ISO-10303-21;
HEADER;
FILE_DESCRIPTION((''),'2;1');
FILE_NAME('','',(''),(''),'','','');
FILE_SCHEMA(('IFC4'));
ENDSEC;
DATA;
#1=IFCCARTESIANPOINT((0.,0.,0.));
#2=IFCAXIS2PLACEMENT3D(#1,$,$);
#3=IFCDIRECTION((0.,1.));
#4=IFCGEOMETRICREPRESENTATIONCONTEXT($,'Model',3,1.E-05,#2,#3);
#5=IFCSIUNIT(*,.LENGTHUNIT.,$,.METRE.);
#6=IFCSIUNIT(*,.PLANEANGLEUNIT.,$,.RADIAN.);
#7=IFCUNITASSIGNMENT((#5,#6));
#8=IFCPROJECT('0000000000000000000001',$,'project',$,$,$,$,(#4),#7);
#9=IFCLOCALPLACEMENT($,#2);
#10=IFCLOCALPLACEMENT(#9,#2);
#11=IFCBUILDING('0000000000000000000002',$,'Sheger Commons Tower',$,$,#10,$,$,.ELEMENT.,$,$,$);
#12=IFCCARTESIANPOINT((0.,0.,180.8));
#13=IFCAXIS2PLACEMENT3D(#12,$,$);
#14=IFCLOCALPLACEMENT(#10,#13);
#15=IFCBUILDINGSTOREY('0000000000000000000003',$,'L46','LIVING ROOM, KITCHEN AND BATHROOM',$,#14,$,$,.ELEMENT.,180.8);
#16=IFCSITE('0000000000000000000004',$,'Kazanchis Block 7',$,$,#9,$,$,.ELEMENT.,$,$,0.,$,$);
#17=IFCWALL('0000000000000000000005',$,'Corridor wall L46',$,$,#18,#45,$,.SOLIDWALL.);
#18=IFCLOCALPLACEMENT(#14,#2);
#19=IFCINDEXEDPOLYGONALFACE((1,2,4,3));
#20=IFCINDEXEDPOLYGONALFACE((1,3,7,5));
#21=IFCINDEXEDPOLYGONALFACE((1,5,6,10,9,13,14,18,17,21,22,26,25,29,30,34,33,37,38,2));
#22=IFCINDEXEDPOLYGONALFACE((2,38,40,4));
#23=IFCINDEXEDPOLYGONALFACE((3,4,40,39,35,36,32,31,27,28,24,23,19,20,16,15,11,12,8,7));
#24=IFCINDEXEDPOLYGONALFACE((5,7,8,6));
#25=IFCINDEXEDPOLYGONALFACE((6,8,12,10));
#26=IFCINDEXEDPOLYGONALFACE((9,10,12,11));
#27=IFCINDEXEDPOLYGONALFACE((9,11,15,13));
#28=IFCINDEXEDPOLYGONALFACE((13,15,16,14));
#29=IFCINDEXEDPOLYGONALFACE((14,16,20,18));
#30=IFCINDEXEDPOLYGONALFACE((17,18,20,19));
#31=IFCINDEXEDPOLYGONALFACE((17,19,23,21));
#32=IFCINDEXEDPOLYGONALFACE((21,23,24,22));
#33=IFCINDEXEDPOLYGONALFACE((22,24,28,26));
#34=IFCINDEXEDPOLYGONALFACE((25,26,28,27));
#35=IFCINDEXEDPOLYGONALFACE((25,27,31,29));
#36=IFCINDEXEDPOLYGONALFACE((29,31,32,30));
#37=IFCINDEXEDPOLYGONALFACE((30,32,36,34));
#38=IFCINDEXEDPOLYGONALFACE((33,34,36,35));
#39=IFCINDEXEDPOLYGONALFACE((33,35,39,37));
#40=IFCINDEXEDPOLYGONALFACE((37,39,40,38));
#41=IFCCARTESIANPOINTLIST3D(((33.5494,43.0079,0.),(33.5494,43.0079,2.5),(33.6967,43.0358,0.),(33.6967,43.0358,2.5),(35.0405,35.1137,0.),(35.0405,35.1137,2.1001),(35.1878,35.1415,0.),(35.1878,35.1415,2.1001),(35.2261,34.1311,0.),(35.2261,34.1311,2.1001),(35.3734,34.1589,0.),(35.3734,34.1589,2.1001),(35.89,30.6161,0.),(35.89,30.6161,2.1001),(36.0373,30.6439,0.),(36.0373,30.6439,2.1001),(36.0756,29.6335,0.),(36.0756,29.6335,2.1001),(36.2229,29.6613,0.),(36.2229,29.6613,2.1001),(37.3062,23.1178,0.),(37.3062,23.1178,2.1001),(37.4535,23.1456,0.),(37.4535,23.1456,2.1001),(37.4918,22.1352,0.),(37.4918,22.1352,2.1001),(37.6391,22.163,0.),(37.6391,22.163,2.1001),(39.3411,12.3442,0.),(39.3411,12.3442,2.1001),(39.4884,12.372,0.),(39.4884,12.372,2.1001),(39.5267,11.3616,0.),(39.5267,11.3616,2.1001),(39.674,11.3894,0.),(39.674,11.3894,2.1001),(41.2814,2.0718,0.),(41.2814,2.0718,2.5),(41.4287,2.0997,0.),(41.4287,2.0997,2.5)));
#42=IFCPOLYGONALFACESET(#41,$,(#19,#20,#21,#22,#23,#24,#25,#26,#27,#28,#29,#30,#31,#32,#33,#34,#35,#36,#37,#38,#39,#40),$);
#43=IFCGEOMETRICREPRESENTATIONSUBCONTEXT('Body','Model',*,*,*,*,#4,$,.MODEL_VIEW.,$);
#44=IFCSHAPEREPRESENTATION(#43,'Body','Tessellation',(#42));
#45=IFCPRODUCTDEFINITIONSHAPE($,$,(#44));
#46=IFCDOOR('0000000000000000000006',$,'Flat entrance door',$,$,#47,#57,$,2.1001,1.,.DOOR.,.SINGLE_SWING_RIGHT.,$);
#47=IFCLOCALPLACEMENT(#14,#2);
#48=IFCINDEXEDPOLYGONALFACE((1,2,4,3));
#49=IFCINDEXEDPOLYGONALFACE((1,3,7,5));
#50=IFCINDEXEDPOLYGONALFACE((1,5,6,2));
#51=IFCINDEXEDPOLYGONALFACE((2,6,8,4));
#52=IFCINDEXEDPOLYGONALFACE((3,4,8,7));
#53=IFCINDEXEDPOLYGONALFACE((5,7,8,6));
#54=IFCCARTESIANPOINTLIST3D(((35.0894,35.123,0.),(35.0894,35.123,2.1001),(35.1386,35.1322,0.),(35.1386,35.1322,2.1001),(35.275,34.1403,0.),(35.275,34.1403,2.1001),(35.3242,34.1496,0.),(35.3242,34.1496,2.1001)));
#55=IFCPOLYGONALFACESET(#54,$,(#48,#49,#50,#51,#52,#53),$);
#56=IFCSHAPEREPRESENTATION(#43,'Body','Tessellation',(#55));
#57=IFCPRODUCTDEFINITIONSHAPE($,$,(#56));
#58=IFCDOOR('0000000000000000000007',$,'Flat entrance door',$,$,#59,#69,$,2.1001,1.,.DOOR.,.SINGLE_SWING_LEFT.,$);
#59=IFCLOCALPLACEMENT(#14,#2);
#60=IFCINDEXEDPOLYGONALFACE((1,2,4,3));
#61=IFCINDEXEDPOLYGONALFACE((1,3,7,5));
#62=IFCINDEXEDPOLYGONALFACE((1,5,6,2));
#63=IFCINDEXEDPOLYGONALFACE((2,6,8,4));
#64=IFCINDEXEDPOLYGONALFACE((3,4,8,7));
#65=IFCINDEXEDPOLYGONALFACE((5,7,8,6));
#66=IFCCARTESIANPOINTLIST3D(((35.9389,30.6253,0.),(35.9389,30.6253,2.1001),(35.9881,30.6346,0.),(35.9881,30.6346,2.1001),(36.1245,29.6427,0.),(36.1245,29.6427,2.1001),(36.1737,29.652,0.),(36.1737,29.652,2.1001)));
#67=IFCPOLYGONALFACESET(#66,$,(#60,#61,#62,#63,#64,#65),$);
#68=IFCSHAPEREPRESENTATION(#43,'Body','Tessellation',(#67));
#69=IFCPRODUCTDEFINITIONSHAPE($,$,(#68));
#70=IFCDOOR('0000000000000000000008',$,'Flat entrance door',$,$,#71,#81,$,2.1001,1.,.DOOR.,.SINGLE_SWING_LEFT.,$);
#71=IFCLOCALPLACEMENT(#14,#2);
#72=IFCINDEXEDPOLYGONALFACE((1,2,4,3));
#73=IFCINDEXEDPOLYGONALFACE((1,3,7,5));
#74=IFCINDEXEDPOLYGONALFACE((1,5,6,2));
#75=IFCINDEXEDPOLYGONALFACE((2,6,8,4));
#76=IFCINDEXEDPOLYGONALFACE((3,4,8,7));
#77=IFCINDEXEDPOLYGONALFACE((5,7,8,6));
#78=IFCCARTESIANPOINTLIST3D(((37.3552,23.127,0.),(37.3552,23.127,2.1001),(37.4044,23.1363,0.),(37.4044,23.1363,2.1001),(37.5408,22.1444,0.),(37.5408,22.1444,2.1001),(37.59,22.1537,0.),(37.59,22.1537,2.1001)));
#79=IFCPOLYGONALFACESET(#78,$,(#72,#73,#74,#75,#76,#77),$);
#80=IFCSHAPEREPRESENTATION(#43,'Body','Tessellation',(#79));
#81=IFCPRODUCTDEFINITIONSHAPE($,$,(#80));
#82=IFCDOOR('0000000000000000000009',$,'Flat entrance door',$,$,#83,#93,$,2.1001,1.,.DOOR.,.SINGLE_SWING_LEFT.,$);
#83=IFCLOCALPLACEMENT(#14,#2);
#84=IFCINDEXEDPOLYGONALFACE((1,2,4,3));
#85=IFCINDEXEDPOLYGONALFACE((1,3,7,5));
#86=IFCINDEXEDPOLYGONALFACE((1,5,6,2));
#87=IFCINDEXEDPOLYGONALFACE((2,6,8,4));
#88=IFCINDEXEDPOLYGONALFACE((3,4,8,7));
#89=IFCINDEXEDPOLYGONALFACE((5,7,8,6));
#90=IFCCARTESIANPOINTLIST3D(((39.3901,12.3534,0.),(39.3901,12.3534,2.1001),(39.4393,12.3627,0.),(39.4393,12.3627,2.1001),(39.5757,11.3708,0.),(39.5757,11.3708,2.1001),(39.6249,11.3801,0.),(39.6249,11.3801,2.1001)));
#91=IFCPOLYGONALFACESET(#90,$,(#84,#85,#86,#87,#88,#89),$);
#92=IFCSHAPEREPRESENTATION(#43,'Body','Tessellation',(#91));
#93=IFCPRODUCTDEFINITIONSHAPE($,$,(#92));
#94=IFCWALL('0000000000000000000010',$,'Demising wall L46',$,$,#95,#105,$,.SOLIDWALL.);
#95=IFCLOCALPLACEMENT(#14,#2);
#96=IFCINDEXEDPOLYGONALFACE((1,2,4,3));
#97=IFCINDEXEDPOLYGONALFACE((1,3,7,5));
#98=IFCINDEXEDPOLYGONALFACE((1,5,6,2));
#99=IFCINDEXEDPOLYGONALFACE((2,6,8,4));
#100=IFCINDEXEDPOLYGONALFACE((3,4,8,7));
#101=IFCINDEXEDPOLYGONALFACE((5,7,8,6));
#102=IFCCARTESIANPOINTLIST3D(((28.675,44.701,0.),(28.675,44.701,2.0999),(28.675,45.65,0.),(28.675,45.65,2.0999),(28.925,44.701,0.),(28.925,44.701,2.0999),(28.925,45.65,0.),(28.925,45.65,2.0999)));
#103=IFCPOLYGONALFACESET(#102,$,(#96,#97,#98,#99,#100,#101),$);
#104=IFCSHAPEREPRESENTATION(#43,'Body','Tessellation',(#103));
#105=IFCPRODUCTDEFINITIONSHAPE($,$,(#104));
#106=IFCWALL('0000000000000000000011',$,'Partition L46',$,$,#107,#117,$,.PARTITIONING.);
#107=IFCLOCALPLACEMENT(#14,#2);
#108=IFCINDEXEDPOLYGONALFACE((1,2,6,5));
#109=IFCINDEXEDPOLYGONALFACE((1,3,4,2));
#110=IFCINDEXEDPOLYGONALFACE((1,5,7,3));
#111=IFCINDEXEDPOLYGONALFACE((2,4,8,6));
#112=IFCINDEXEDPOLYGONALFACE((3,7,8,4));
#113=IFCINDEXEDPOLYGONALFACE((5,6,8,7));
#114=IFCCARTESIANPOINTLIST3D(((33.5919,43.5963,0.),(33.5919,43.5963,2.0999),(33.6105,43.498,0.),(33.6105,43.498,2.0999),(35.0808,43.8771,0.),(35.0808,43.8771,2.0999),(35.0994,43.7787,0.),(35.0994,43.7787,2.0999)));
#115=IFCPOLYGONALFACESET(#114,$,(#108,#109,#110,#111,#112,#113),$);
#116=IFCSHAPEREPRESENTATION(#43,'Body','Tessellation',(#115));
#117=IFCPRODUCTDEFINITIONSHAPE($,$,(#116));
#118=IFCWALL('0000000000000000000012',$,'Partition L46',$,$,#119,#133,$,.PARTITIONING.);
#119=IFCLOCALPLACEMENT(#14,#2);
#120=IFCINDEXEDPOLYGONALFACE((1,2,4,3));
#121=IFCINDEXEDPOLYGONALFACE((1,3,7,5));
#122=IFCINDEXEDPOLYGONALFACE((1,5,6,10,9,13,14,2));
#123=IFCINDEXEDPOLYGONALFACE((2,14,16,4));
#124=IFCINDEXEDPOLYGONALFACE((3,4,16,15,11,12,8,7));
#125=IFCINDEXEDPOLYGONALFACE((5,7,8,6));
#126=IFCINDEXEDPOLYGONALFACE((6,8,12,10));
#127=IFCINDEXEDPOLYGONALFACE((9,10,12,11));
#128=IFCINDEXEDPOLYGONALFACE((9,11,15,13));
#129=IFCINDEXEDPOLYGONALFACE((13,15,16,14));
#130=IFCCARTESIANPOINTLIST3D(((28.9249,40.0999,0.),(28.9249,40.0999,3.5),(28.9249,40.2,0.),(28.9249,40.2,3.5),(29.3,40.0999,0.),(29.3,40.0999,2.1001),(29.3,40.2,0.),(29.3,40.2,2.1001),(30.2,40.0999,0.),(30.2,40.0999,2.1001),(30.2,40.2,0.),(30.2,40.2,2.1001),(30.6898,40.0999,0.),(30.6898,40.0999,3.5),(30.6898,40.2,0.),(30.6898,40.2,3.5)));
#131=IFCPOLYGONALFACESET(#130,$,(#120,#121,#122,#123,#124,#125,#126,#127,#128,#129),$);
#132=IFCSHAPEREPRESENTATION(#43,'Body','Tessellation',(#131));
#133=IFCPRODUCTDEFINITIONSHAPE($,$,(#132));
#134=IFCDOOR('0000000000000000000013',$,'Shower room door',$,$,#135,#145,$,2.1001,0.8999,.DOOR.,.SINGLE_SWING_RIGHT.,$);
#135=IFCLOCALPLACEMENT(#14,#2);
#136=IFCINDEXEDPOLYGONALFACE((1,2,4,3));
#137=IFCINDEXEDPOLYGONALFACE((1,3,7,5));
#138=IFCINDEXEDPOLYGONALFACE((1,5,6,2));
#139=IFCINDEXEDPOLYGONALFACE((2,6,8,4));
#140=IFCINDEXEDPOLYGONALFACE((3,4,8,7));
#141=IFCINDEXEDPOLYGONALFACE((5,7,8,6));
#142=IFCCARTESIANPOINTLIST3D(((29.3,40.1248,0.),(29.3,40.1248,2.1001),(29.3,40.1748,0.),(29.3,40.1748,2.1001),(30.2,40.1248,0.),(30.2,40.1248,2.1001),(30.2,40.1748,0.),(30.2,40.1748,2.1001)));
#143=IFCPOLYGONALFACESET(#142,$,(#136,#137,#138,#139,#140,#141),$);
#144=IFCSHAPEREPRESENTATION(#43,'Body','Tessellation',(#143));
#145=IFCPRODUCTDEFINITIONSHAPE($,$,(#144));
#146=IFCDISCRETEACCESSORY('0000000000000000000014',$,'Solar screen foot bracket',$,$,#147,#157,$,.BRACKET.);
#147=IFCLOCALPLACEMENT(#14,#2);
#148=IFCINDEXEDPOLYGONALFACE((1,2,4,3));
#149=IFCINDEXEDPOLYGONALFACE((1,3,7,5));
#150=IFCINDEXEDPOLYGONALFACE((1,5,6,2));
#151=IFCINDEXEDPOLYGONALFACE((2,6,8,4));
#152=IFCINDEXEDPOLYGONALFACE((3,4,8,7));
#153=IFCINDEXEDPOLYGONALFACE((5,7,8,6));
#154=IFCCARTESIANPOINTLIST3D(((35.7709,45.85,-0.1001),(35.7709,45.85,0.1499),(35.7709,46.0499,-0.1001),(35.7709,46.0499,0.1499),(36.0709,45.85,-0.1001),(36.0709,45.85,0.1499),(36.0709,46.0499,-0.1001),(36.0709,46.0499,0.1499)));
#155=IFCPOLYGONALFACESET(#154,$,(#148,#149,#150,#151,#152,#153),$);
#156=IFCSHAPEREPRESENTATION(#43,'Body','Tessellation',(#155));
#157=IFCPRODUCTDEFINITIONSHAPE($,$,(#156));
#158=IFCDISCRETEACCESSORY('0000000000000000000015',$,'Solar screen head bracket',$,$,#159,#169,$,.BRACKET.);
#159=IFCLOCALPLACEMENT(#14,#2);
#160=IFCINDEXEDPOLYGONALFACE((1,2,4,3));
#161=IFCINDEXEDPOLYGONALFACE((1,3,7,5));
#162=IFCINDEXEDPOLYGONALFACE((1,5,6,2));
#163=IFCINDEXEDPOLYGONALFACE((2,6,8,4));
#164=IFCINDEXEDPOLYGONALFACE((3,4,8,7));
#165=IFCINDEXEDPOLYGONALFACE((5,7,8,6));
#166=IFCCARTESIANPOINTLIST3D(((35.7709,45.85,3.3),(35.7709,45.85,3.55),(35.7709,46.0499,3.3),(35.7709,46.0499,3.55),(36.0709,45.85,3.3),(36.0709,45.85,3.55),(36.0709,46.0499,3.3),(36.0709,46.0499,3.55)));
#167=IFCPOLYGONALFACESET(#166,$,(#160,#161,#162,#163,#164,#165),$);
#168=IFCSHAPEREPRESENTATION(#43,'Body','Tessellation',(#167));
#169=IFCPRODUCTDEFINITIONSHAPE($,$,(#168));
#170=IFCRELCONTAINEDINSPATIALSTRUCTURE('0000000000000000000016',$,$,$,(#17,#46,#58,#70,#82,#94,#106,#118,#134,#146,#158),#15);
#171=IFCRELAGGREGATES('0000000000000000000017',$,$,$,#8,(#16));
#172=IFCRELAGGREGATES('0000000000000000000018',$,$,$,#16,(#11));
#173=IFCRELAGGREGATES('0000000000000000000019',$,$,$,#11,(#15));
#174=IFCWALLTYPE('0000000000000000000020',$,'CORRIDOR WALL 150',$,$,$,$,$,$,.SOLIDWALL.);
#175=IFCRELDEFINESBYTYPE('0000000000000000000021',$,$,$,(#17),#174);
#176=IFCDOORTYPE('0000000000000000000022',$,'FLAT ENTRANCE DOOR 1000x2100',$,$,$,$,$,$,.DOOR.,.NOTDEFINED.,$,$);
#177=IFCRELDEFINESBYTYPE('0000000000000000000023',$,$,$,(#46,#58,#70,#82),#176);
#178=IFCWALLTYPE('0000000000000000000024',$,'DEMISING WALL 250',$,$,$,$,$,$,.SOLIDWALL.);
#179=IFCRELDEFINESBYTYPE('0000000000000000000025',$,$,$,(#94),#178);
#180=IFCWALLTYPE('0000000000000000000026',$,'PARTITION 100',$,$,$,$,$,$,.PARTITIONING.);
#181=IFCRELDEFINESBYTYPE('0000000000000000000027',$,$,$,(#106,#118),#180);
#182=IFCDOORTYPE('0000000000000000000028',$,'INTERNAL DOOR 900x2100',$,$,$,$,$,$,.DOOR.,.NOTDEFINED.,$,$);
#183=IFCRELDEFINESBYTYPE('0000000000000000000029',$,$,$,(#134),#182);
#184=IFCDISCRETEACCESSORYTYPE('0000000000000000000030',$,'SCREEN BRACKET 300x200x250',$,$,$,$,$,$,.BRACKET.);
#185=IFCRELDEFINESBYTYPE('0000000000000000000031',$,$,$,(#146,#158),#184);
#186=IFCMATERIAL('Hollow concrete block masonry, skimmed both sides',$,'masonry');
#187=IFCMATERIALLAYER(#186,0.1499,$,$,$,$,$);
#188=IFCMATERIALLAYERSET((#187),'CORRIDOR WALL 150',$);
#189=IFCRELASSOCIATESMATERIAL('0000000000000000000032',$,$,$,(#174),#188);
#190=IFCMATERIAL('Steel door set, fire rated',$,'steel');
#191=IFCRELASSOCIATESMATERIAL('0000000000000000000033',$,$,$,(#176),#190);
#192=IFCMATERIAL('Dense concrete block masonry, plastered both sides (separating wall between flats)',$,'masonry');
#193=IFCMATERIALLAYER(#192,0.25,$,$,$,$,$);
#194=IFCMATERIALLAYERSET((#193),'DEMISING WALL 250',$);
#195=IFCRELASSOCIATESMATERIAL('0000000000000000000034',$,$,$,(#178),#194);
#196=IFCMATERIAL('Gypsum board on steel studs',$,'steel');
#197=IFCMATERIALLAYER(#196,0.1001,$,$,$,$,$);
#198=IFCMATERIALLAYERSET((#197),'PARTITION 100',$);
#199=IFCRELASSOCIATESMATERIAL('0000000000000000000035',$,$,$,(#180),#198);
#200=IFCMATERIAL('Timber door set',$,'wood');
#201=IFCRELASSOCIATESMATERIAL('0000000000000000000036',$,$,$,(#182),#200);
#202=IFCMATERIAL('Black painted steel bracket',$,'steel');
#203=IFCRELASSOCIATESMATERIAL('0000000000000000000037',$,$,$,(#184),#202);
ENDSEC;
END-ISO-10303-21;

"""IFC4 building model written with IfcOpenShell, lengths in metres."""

from ifc_helpers import new_model, si_unit, direction, frame, frame_2d, origin, origin_2d, place, context, subcontext, project, spatial, rectangle, extrude, material, layer, layer_set, type_object, element, fill, save


model = new_model("IFC4")

# Units and contexts
model_context = context("Model", 3, precision=1e-05, world=origin(), true_north=direction((0.0, 1.0)))
body_context = subcontext(model_context, "Body", "Model", "MODEL_VIEW")
ifc_project = project(units=[si_unit("LENGTHUNIT", "METRE"), si_unit("PLANEANGLEUNIT", "RADIAN")], contexts=[model_context])

# Site, building, storey
site_placement = place(None, origin())
site = spatial("IfcSite", under=ifc_project, at=site_placement, Name="Kazanchis Block 7", CompositionType="ELEMENT", RefElevation=0.0)
building_placement = place(site_placement, origin())
building = spatial("IfcBuilding", under=site, at=building_placement, Name="Sheger Commons Tower", CompositionType="ELEMENT")
storey_placement = place(building_placement, frame((0.0, 0.0, 180.8)))
storey = spatial("IfcBuildingStorey", under=building, at=storey_placement, Name="L46", Description="LIVING ROOM, KITCHEN AND BATHROOM", CompositionType="ELEMENT", Elevation=180.8)

# Shared definitions
ifc_material_1 = material(Name="Hollow concrete block masonry, skimmed both sides", Category="masonry")
ifc_layer_1 = layer(ifc_material_1, 0.1499)
ifc_layer_set_1 = layer_set([ifc_layer_1], Name="CORRIDOR WALL 150")
wall_type_1 = type_object("IfcWallType", Name="CORRIDOR WALL 150", PredefinedType="SOLIDWALL", material=ifc_layer_set_1)

# Wall, openings, doors
wall_1_placement = place(storey_placement, frame((33.623, 43.022, 0.0), z_axis=(0.0, 0.0, 1.0), x_axis=(0.185597, -0.982626, 0.0)))
wall_1 = element("IfcWall", 1, at=wall_1_placement, inside=storey, type_object=wall_type_1, Name="Corridor wall L46", PredefinedType="SOLIDWALL", context=body_context, shape_type="SweptSolid", body=[
    extrude(rectangle(XDim=41.6599, YDim=0.1499, at=frame_2d((20.8301, 0.0))), origin(), (0.0, 0.0, 1.0), 2.5),
])
opening_1_placement = place(wall_1_placement, frame((8.0339, 0.0, 0.0)))
opening_1 = element("IfcOpeningElement", 2, at=opening_1_placement, cuts=wall_1, PredefinedType="OPENING", context=body_context, shape_type="SweptSolid", body=[
    extrude(rectangle(XDim=1.0, YDim=2.1001, at=frame_2d((0.5, 1.05))), frame((0.0, 0.085, 0.0), z_axis=(0.0, -1.0, 0.0), x_axis=(1.0, 0.0, 0.0)), (0.0, 0.0, 1.0), 0.1699),
])
opening_2_placement = place(wall_1_placement, frame((12.6111, 0.0, 0.0)))
opening_2 = element("IfcOpeningElement", 3, at=opening_2_placement, cuts=wall_1, PredefinedType="OPENING", context=body_context, shape_type="SweptSolid", body=[
    extrude(rectangle(XDim=1.0, YDim=2.1001, at=frame_2d((0.5, 1.05))), frame((0.0, 0.085, 0.0), z_axis=(0.0, -1.0, 0.0), x_axis=(1.0, 0.0, 0.0)), (0.0, 0.0, 1.0), 0.1699),
])
opening_3_placement = place(wall_1_placement, frame((20.2419, 0.0, 0.0)))
opening_3 = element("IfcOpeningElement", 4, at=opening_3_placement, cuts=wall_1, PredefinedType="OPENING", context=body_context, shape_type="SweptSolid", body=[
    extrude(rectangle(XDim=1.0, YDim=2.1001, at=frame_2d((0.5, 1.05))), frame((0.0, 0.085, 0.0), z_axis=(0.0, -1.0, 0.0), x_axis=(1.0, 0.0, 0.0)), (0.0, 0.0, 1.0), 0.1699),
])
opening_4_placement = place(wall_1_placement, frame((31.2061, 0.0, 0.0)))
opening_4 = element("IfcOpeningElement", 5, at=opening_4_placement, cuts=wall_1, PredefinedType="OPENING", context=body_context, shape_type="SweptSolid", body=[
    extrude(rectangle(XDim=1.0, YDim=2.1001, at=frame_2d((0.5, 1.05))), frame((0.0, 0.085, 0.0), z_axis=(0.0, -1.0, 0.0), x_axis=(1.0, 0.0, 0.0)), (0.0, 0.0, 1.0), 0.1699),
])
ifc_material_2 = material(Name="Steel door set, fire rated", Category="steel")
door_type_1 = type_object("IfcDoorType", Name="FLAT ENTRANCE DOOR 1000x2100", OperationType="NOTDEFINED", PredefinedType="DOOR", material=ifc_material_2)
door_1_placement = place(opening_1_placement, origin())
door_1 = element("IfcDoor", 6, at=door_1_placement, inside=storey, type_object=door_type_1, Name="Flat entrance door", OperationType="SINGLE_SWING_RIGHT", OverallHeight=2.1001, OverallWidth=1.0, PredefinedType="DOOR", context=body_context, shape_type="SweptSolid", body=[
    extrude(rectangle(XDim=1.0, YDim=2.1001, at=frame_2d((0.5, 1.05))), frame((0.0, 0.0249, 0.0), z_axis=(0.0, -1.0, 0.0), x_axis=(1.0, 0.0, 0.0)), (0.0, 0.0, 1.0), 0.05),
])
fill(opening_1, door_1)
door_2_placement = place(opening_2_placement, origin())
door_2 = element("IfcDoor", 7, at=door_2_placement, inside=storey, type_object=door_type_1, Name="Flat entrance door", OperationType="SINGLE_SWING_LEFT", OverallHeight=2.1001, OverallWidth=1.0, PredefinedType="DOOR", context=body_context, shape_type="SweptSolid", body=[
    extrude(rectangle(XDim=1.0, YDim=2.1001, at=frame_2d((0.5, 1.05))), frame((0.0, 0.0249, 0.0), z_axis=(0.0, -1.0, 0.0), x_axis=(1.0, 0.0, 0.0)), (0.0, 0.0, 1.0), 0.05),
])
fill(opening_2, door_2)
door_3_placement = place(opening_3_placement, origin())
door_3 = element("IfcDoor", 8, at=door_3_placement, inside=storey, type_object=door_type_1, Name="Flat entrance door", OperationType="SINGLE_SWING_LEFT", OverallHeight=2.1001, OverallWidth=1.0, PredefinedType="DOOR", context=body_context, shape_type="SweptSolid", body=[
    extrude(rectangle(XDim=1.0, YDim=2.1001, at=frame_2d((0.5, 1.05))), frame((0.0, 0.0249, 0.0), z_axis=(0.0, -1.0, 0.0), x_axis=(1.0, 0.0, 0.0)), (0.0, 0.0, 1.0), 0.05),
])
fill(opening_3, door_3)
door_4_placement = place(opening_4_placement, origin())
door_4 = element("IfcDoor", 9, at=door_4_placement, inside=storey, type_object=door_type_1, Name="Flat entrance door", OperationType="SINGLE_SWING_LEFT", OverallHeight=2.1001, OverallWidth=1.0, PredefinedType="DOOR", context=body_context, shape_type="SweptSolid", body=[
    extrude(rectangle(XDim=1.0, YDim=2.1001, at=frame_2d((0.5, 1.05))), frame((0.0, 0.0249, 0.0), z_axis=(0.0, -1.0, 0.0), x_axis=(1.0, 0.0, 0.0)), (0.0, 0.0, 1.0), 0.05),
])
fill(opening_4, door_4)

# Walls
ifc_material_3 = material(Name="Dense concrete block masonry, plastered both sides (separating wall between flats)", Category="masonry")
ifc_layer_2 = layer(ifc_material_3, 0.25)
ifc_layer_set_2 = layer_set([ifc_layer_2], Name="DEMISING WALL 250")
wall_type_2 = type_object("IfcWallType", Name="DEMISING WALL 250", PredefinedType="SOLIDWALL", material=ifc_layer_set_2)
wall_2_placement = place(storey_placement, frame((28.8, 44.7009, 0.0), z_axis=(0.0, 0.0, 1.0), x_axis=(0.0, 1.0, 0.0)))
element("IfcWall", 10, at=wall_2_placement, inside=storey, type_object=wall_type_2, Name="Demising wall L46", PredefinedType="SOLIDWALL", context=body_context, shape_type="SweptSolid", body=[
    extrude(rectangle(XDim=0.949, YDim=0.25, at=frame_2d((0.4746, 0.0))), origin(), (0.0, 0.0, 1.0), 2.0999),
])
ifc_material_4 = material(Name="Gypsum board on steel studs", Category="steel")
ifc_layer_3 = layer(ifc_material_4, 0.1001)
ifc_layer_set_3 = layer_set([ifc_layer_3], Name="PARTITION 100")
wall_type_3 = type_object("IfcWallType", Name="PARTITION 100", PredefinedType="PARTITIONING", material=ifc_layer_set_3)
wall_3_placement = place(storey_placement, frame((35.0901, 43.8279, 0.0), z_axis=(0.0, 0.0, 1.0), x_axis=(-0.982684, -0.18529, 0.0)))
element("IfcWall", 11, at=wall_3_placement, inside=storey, type_object=wall_type_3, Name="Partition L46", PredefinedType="PARTITIONING", context=body_context, shape_type="SweptSolid", body=[
    extrude(rectangle(XDim=1.5151, YDim=0.1001, at=frame_2d((0.7576, 0.0))), origin(), (0.0, 0.0, 1.0), 2.0999),
])

# Wall, opening, door
wall_4_placement = place(storey_placement, frame((28.925, 40.1499, 0.0), z_axis=(0.0, 0.0, 1.0), x_axis=(1.0, 0.0, 0.0)))
wall_4 = element("IfcWall", 12, at=wall_4_placement, inside=storey, type_object=wall_type_3, Name="Partition L46", PredefinedType="PARTITIONING", context=body_context, shape_type="SweptSolid", body=[
    extrude(rectangle(XDim=1.7649, YDim=0.1001, at=frame_2d((0.8823, 0.0))), origin(), (0.0, 0.0, 1.0), 3.5),
])
opening_5_placement = place(wall_4_placement, frame((0.375, 0.0, 0.0)))
opening_5 = element("IfcOpeningElement", 13, at=opening_5_placement, cuts=wall_4, PredefinedType="OPENING", context=body_context, shape_type="SweptSolid", body=[
    extrude(rectangle(XDim=0.8999, YDim=2.1001, at=frame_2d((0.45, 1.05))), frame((0.0, 0.0601, 0.0), z_axis=(0.0, -1.0, 0.0), x_axis=(1.0, 0.0, 0.0)), (0.0, 0.0, 1.0), 0.1201),
])
ifc_material_5 = material(Name="Timber door set", Category="wood")
door_type_2 = type_object("IfcDoorType", Name="INTERNAL DOOR 900x2100", OperationType="NOTDEFINED", PredefinedType="DOOR", material=ifc_material_5)
door_5_placement = place(opening_5_placement, origin())
door_5 = element("IfcDoor", 14, at=door_5_placement, inside=storey, type_object=door_type_2, Name="Shower room door", OperationType="SINGLE_SWING_RIGHT", OverallHeight=2.1001, OverallWidth=0.8999, PredefinedType="DOOR", context=body_context, shape_type="SweptSolid", body=[
    extrude(rectangle(XDim=0.8999, YDim=2.1001, at=frame_2d((0.45, 1.05))), frame((0.0, 0.0249, 0.0), z_axis=(0.0, -1.0, 0.0), x_axis=(1.0, 0.0, 0.0)), (0.0, 0.0, 1.0), 0.05),
])
fill(opening_5, door_5)

# Discrete accessories
ifc_material_6 = material(Name="Black painted steel bracket", Category="steel")
discrete_accessory_type = type_object("IfcDiscreteAccessoryType", Name="SCREEN BRACKET 300x200x250", PredefinedType="BRACKET", material=ifc_material_6)
for number, where, z_axis, x_axis, name in (
    (15, (35.9209, 45.95, -0.1001), (0.0, 0.0, 1.0), (-1.0, 0.0, 0.0), "Solar screen foot bracket"),
    (16, (35.9209, 45.95, 3.3), (0.0, 0.0, 1.0), (-1.0, 0.0, 0.0), "Solar screen head bracket"),
):
    element("IfcDiscreteAccessory", number, at=place(storey_placement, frame(where, z_axis=z_axis, x_axis=x_axis)), inside=storey, type_object=discrete_accessory_type, Name=name, PredefinedType="BRACKET", context=body_context, shape_type="SweptSolid", body=[
        extrude(rectangle(XDim=0.3, YDim=0.2, at=origin_2d()), origin(), (0.0, 0.0, 1.0), 0.25),
    ])

save(model, "model.ifc")
